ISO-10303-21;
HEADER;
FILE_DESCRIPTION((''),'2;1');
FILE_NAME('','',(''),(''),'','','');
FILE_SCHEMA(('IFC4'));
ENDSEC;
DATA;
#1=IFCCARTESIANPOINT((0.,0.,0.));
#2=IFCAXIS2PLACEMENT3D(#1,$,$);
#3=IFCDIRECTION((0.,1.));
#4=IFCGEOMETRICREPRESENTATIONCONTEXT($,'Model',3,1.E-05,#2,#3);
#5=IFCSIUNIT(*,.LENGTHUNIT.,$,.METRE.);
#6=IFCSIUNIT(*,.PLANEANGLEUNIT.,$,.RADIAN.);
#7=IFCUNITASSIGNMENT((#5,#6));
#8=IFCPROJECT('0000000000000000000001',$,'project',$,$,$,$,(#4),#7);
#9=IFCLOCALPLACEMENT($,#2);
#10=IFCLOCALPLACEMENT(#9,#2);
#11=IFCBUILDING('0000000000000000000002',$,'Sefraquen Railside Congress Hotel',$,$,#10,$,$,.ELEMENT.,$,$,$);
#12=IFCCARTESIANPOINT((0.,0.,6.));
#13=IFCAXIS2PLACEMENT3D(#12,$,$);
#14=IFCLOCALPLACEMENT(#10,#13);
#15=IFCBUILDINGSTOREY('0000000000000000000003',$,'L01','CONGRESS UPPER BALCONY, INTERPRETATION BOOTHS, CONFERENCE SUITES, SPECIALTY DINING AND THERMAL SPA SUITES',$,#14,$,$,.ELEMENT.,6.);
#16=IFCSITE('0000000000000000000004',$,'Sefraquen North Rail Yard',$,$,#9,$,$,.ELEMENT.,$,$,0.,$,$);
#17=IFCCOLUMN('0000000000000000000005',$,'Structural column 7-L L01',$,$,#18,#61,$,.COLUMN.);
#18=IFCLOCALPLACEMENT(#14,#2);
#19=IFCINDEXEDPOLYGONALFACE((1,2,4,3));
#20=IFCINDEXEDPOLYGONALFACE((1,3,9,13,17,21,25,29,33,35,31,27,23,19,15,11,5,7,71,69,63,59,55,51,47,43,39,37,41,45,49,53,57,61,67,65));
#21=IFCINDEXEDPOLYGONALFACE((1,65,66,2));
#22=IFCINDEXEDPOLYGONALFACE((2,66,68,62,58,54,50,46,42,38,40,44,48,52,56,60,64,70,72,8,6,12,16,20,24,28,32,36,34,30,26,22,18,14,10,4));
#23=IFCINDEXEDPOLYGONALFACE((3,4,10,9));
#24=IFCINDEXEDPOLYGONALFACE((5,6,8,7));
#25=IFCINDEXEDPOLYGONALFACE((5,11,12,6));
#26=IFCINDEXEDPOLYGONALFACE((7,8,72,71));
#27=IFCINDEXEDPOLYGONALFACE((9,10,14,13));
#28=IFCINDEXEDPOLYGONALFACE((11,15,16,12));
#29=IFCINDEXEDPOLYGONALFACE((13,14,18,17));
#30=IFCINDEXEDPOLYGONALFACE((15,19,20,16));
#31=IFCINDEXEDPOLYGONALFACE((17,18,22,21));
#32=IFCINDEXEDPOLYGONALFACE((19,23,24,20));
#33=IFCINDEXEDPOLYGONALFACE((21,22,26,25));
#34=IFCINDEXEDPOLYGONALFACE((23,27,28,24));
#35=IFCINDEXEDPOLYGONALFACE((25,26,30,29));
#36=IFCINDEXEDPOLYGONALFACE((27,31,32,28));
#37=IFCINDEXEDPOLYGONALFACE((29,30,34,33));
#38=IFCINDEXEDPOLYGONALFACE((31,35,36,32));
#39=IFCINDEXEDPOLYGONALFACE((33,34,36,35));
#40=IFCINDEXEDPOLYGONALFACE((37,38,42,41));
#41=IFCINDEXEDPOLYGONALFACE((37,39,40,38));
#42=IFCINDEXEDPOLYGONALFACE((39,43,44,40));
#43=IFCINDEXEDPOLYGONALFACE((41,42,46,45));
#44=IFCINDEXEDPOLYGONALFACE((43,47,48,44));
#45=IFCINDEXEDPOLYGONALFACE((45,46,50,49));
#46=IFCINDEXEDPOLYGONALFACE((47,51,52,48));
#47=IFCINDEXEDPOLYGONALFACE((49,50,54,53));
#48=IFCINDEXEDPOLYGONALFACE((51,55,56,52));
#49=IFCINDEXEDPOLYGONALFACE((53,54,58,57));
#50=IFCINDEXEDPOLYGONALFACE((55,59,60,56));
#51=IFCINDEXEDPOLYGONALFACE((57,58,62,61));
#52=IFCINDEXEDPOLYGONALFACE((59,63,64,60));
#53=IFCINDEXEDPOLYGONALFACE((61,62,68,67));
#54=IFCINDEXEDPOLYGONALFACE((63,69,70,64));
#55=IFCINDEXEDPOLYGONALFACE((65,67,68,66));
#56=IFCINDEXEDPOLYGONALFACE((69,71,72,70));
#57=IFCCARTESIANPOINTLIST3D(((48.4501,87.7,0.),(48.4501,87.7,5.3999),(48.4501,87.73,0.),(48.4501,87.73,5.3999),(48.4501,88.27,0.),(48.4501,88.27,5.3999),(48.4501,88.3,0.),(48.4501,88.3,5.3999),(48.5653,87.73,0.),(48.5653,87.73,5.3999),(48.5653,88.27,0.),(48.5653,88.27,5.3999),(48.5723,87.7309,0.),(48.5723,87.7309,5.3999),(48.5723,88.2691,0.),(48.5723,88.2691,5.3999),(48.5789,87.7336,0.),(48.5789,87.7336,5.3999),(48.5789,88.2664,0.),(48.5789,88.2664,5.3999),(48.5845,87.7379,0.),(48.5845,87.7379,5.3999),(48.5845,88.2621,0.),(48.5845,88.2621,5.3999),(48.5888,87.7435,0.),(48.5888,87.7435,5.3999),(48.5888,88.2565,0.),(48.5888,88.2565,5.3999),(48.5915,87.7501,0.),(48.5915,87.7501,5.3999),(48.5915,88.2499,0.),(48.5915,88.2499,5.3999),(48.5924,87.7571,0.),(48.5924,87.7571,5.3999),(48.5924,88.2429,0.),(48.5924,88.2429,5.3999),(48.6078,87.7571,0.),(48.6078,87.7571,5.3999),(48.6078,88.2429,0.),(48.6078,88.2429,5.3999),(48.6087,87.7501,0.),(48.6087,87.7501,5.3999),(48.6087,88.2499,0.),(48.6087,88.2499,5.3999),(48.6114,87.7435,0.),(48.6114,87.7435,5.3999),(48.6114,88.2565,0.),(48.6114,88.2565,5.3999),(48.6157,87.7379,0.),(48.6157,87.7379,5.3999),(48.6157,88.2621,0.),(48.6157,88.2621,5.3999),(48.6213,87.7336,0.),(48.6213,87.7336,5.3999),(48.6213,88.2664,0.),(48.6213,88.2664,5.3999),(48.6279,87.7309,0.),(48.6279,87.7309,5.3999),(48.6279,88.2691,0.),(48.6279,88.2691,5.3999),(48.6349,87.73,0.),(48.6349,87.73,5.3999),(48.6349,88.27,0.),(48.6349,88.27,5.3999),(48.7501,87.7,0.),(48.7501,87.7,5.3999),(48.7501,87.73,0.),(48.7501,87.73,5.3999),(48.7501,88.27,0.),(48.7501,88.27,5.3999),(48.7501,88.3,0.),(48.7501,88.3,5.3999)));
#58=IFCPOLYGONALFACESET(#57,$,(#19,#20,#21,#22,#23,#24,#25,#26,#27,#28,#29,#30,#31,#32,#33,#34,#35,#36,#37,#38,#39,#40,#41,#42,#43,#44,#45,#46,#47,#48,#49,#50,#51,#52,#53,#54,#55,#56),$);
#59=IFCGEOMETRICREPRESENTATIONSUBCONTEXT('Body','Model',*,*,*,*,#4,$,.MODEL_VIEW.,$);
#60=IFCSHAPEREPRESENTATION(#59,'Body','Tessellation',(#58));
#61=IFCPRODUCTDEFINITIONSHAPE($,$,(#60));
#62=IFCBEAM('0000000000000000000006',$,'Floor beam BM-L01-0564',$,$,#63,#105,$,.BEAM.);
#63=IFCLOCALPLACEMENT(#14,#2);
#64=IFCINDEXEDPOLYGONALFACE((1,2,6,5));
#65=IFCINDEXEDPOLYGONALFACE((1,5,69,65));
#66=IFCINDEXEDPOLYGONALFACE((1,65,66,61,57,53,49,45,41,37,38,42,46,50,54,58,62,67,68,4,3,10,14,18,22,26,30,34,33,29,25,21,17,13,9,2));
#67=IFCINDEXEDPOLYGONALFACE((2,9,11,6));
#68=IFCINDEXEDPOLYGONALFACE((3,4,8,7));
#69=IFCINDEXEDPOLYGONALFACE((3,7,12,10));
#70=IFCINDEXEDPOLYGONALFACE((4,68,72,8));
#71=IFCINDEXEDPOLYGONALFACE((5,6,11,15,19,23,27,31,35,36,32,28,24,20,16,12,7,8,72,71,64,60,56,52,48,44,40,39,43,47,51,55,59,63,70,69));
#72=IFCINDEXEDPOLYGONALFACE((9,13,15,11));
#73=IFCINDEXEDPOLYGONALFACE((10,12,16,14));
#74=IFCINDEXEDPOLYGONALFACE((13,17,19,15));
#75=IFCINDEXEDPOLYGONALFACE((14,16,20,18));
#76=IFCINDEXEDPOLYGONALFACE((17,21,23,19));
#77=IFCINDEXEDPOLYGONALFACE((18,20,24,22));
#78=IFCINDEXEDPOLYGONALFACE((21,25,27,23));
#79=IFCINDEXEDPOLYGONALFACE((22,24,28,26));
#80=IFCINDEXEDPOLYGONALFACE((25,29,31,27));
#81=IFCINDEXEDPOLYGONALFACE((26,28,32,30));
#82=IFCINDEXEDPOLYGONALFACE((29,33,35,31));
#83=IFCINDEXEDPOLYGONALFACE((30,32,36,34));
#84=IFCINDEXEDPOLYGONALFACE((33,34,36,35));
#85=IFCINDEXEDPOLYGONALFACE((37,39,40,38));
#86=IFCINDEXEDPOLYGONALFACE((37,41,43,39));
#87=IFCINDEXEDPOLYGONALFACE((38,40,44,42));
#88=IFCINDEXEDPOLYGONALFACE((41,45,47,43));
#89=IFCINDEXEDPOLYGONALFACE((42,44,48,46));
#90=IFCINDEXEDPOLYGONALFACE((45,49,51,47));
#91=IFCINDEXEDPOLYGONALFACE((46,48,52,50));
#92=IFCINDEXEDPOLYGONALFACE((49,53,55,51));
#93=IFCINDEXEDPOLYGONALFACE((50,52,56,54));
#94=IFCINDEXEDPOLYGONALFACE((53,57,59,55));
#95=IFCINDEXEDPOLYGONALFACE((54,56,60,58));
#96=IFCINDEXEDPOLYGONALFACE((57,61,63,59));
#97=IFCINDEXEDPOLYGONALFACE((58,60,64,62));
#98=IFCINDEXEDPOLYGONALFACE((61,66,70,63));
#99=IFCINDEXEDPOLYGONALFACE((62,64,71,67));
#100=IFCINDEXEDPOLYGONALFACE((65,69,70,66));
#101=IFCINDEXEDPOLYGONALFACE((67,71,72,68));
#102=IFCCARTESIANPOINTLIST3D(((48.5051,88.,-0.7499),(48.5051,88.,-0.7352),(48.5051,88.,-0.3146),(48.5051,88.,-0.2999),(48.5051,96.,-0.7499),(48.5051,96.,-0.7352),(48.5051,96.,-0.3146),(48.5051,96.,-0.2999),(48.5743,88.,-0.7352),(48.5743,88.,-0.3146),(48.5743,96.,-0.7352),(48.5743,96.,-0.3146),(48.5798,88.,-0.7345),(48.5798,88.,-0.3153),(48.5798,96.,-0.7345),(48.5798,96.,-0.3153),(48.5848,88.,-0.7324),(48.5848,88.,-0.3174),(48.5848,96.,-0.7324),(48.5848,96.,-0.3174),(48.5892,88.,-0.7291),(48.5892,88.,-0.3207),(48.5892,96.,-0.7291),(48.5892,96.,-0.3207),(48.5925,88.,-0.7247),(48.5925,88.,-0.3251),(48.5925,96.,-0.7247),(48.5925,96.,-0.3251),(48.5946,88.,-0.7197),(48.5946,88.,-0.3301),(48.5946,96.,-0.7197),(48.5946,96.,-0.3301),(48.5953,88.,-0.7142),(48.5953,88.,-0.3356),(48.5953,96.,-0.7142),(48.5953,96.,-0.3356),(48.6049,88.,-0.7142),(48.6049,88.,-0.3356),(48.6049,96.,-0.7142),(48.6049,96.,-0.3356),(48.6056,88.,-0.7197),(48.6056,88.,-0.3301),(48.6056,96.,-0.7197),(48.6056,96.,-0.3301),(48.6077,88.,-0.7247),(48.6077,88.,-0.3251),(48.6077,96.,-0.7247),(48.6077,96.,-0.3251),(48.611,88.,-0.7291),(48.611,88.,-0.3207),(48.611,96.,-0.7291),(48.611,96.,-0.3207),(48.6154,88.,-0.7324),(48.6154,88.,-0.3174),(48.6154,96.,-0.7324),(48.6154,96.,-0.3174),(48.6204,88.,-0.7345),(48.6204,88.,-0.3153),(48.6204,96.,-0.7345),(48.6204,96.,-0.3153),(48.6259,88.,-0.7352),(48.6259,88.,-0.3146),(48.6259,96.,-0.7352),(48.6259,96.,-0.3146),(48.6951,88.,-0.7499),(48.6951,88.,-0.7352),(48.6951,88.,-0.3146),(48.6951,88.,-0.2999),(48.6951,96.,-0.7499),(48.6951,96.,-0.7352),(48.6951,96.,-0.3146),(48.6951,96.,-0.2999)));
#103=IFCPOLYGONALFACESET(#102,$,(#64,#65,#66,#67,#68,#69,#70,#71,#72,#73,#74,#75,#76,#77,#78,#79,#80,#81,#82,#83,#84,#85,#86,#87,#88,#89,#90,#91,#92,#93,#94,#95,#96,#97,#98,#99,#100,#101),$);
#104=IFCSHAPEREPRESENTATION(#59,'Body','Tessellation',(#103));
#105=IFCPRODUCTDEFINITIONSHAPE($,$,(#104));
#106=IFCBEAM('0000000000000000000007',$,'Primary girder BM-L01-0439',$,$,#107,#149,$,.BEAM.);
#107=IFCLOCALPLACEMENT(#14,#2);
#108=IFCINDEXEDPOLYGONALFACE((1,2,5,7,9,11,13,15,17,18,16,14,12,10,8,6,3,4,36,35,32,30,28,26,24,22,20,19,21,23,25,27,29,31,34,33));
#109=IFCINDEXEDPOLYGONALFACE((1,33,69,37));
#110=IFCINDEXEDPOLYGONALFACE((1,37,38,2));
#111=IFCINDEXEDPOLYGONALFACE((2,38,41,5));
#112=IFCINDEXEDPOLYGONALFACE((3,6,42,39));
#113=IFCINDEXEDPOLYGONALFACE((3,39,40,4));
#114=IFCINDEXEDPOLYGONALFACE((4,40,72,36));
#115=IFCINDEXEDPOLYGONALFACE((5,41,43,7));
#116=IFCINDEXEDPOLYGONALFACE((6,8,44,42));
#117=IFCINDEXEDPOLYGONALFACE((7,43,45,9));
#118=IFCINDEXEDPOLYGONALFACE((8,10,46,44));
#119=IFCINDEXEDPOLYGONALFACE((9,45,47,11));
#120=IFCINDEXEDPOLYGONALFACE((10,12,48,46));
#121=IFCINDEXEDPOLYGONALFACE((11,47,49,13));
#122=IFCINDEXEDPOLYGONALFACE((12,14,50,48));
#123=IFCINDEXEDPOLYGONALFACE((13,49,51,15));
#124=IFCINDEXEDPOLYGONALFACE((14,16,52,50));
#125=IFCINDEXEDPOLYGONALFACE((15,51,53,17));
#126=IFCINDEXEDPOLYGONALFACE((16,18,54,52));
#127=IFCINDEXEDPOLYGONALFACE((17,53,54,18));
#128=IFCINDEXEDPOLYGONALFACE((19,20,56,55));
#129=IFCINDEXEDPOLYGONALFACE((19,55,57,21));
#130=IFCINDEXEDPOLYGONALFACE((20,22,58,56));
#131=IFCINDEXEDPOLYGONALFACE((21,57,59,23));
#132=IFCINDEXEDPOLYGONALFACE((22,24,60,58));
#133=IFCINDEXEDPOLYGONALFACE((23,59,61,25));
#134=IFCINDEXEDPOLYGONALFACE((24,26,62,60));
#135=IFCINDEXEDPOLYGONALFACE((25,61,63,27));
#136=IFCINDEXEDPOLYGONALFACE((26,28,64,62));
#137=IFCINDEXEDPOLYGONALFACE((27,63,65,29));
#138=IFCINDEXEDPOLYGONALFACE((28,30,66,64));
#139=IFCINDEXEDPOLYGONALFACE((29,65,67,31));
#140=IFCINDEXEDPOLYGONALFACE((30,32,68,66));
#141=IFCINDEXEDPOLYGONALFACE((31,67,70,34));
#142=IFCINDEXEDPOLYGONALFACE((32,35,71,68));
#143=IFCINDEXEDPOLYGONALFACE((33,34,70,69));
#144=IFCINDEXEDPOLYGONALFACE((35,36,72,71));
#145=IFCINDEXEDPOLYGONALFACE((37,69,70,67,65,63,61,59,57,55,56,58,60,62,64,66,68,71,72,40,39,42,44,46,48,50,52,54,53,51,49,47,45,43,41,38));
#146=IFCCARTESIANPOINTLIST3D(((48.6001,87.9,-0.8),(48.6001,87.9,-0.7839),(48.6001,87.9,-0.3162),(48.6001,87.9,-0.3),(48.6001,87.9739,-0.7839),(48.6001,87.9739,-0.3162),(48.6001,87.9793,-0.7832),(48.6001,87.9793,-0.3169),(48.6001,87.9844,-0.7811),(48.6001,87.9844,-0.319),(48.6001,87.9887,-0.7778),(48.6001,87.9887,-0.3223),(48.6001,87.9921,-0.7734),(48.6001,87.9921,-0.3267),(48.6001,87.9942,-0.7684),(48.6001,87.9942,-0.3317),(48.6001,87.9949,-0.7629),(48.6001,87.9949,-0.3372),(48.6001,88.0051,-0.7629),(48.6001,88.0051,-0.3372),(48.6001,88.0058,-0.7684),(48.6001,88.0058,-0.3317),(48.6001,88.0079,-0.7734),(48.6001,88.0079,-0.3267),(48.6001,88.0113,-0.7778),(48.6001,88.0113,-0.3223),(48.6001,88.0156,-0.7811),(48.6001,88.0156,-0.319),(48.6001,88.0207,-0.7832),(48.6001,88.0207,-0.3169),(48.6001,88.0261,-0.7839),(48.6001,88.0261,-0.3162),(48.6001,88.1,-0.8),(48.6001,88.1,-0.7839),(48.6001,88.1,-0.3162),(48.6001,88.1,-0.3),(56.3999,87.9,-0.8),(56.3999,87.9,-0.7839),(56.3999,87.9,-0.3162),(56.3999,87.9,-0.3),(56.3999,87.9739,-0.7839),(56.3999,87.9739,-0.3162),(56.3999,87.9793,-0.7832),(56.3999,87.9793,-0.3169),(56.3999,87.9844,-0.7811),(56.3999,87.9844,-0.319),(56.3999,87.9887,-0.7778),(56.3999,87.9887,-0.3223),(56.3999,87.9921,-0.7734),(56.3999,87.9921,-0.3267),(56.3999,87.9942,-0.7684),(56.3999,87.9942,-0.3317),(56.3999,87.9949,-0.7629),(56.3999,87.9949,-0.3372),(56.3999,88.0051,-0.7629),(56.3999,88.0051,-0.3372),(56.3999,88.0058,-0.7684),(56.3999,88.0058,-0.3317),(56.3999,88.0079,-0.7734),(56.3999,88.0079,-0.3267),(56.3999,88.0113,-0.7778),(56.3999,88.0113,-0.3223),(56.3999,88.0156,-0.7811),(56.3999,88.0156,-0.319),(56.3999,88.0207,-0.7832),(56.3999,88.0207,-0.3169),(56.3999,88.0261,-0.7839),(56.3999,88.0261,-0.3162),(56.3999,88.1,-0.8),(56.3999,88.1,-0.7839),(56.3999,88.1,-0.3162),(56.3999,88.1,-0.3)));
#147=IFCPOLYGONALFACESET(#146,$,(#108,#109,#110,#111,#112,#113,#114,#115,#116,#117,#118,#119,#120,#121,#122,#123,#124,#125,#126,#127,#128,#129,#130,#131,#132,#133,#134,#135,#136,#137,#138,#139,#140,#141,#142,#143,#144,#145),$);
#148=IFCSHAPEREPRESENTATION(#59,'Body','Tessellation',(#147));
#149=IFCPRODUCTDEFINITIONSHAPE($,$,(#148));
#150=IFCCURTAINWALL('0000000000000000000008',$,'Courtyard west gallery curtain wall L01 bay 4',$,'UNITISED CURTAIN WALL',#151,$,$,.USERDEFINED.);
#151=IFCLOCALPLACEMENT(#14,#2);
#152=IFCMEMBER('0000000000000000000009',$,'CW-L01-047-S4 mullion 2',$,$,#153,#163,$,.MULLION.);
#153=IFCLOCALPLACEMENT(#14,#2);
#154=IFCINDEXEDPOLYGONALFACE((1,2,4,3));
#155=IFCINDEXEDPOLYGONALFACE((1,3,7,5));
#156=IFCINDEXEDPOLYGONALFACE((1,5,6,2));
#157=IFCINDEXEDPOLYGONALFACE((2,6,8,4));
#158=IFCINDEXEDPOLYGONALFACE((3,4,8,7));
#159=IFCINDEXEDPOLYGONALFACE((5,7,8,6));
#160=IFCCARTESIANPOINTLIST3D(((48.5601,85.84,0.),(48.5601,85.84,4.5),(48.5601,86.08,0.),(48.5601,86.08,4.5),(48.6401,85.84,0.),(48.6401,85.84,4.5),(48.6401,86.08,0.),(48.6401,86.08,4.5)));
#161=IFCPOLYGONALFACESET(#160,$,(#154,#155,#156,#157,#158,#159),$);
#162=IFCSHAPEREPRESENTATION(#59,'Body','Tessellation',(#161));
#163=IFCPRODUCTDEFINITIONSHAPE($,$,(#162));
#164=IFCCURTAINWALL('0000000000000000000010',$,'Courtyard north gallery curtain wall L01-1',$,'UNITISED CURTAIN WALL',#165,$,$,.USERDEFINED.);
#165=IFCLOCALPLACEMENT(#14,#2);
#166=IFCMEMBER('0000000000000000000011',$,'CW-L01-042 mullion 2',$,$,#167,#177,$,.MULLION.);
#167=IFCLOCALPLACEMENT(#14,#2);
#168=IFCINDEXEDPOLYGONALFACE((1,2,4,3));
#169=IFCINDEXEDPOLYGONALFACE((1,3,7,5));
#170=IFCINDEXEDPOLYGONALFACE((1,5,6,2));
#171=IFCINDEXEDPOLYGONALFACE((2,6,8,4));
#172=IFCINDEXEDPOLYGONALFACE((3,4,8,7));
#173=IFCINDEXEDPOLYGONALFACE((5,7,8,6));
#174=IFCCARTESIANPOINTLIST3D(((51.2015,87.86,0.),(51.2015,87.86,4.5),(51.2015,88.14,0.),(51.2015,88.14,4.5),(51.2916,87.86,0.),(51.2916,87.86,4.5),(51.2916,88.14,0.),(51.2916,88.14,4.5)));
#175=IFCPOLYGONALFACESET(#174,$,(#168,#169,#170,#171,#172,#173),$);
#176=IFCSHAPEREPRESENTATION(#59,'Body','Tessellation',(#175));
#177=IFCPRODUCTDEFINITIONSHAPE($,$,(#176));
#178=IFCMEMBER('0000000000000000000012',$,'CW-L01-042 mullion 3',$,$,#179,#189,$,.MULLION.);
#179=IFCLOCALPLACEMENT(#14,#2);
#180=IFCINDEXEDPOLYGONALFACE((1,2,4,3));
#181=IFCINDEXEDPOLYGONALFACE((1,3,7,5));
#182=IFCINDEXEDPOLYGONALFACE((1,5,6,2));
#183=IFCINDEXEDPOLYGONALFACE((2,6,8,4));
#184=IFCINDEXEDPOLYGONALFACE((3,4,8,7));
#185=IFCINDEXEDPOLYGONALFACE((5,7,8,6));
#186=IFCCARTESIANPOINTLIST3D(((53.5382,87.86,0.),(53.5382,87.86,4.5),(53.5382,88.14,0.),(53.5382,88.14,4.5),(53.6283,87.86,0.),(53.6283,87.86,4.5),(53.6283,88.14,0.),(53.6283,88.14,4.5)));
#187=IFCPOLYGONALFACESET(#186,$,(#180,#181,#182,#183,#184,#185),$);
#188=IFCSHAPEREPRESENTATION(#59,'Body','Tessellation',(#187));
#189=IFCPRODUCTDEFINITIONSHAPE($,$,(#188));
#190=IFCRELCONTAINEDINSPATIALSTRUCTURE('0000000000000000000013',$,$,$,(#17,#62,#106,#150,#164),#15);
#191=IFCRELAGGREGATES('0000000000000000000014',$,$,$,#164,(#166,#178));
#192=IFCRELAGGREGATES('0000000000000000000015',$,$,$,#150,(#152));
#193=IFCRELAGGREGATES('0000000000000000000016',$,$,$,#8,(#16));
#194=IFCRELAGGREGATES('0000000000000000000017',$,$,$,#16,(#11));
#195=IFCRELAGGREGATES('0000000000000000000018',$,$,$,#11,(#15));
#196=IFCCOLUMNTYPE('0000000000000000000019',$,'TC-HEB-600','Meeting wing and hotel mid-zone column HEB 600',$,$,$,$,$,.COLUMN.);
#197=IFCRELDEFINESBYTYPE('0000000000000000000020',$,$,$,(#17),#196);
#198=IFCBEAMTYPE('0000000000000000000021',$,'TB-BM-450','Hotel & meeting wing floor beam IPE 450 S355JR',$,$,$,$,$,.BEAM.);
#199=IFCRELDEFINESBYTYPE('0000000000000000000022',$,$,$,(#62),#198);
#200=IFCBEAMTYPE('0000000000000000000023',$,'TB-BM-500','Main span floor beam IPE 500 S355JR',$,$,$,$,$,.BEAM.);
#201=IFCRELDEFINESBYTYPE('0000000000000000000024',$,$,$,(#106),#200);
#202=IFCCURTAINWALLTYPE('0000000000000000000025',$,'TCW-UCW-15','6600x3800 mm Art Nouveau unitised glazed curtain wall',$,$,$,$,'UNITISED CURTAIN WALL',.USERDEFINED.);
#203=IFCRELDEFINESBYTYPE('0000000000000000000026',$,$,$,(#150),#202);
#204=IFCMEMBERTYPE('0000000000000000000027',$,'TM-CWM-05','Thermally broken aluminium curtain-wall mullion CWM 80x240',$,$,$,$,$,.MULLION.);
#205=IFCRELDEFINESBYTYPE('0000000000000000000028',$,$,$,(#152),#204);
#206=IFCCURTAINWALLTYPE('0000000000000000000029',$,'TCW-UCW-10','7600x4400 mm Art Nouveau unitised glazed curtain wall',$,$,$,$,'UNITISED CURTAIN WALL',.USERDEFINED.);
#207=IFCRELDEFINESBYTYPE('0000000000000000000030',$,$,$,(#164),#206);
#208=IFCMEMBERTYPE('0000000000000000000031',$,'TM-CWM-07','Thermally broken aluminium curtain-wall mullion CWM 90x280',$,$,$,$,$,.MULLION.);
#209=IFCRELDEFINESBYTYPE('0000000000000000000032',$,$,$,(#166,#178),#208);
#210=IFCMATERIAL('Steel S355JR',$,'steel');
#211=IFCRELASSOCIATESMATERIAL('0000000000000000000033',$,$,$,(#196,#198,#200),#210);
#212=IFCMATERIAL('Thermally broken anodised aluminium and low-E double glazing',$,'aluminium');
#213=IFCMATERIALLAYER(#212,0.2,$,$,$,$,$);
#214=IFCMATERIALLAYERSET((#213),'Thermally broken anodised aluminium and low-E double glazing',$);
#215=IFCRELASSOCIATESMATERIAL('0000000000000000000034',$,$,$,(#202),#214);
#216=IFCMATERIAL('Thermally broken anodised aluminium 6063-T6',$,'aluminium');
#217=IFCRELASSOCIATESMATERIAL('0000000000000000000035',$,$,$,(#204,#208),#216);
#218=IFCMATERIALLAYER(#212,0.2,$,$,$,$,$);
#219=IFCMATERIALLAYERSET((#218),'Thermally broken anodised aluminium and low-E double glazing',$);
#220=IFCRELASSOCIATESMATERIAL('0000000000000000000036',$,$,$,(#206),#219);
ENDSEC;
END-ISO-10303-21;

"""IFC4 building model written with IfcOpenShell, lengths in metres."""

from ifc_helpers import new_model, si_unit, direction, frame, origin, origin_2d, place, context, subcontext, project, spatial, rectangle, i_section, extrude, material, layer, layer_set, material_profile, profile_set, type_object, element, aggregate, save


model = new_model("IFC4")

# Units and contexts
model_context = context("Model", 3, precision=1e-05, world=origin(), true_north=direction((0.0, 1.0)))
body_context = subcontext(model_context, "Body", "Model", "MODEL_VIEW")
ifc_project = project(units=[si_unit("LENGTHUNIT", "METRE"), si_unit("PLANEANGLEUNIT", "RADIAN")], contexts=[model_context])

# Site, building, storey
site_placement = place(None, origin())
site = spatial("IfcSite", under=ifc_project, at=site_placement, Name="Sefraquen North Rail Yard", CompositionType="ELEMENT", RefElevation=0.0)
building_placement = place(site_placement, origin())
building = spatial("IfcBuilding", under=site, at=building_placement, Name="Sefraquen Railside Congress Hotel", CompositionType="ELEMENT")
storey_placement = place(building_placement, frame((0.0, 0.0, 6.0)))
storey = spatial("IfcBuildingStorey", under=building, at=storey_placement, Name="L01", Description="CONGRESS UPPER BALCONY, INTERPRETATION BOOTHS, CONFERENCE SUITES, SPECIALTY DINING AND THERMAL SPA SUITES", CompositionType="ELEMENT", Elevation=6.0)

# Column
ifc_material_1 = material(Name="Steel S355JR", Category="steel")
ifc_material_profile_1 = material_profile(ifc_material_1, i_section(OverallWidth=0.3, OverallDepth=0.6001, WebThickness=0.0154, FlangeThickness=0.03, FilletRadius=0.0271, at=origin_2d()), Name="HEB 600")
ifc_profile_set_1 = profile_set([ifc_material_profile_1], Name="Steel S355JR")
column_type = type_object("IfcColumnType", Name="TC-HEB-600", Description="Meeting wing and hotel mid-zone column HEB 600", PredefinedType="COLUMN", material=ifc_profile_set_1)
column_placement = place(storey_placement, frame((48.6001, 88.0, 0.0), z_axis=(0.0, 0.0, 1.0), x_axis=(1.0, 0.0, 0.0)))
element("IfcColumn", 1, at=column_placement, inside=storey, type_object=column_type, Name="Structural column 7-L L01", PredefinedType="COLUMN", context=body_context, shape_type="SweptSolid", body=[
    extrude(i_section(OverallWidth=0.3, OverallDepth=0.6001, WebThickness=0.0154, FlangeThickness=0.03, FilletRadius=0.0271, at=origin_2d()), origin(), (0.0, 0.0, 1.0), 5.3999),
])

# Beams
ifc_material_profile_2 = material_profile(ifc_material_1, i_section(OverallWidth=0.1899, OverallDepth=0.45, WebThickness=0.0095, FlangeThickness=0.0146, FilletRadius=0.021, at=origin_2d()), Name="IPE 450")
ifc_profile_set_2 = profile_set([ifc_material_profile_2], Name="Steel S355JR")
beam_type_1 = type_object("IfcBeamType", Name="TB-BM-450", Description="Hotel & meeting wing floor beam IPE 450 S355JR", PredefinedType="BEAM", material=ifc_profile_set_2)
beam_1_placement = place(storey_placement, frame((48.6001, 88.0, -0.5249), z_axis=(0.0, 1.0, 0.0), x_axis=(-1.0, 0.0, 0.0)))
element("IfcBeam", 2, at=beam_1_placement, inside=storey, type_object=beam_type_1, Name="Floor beam BM-L01-0564", PredefinedType="BEAM", context=body_context, shape_type="SweptSolid", body=[
    extrude(i_section(OverallWidth=0.1899, OverallDepth=0.45, WebThickness=0.0095, FlangeThickness=0.0146, FilletRadius=0.021, at=origin_2d()), origin(), (0.0, 0.0, 1.0), 8.0),
])
ifc_material_profile_3 = material_profile(ifc_material_1, i_section(OverallWidth=0.2, OverallDepth=0.5, WebThickness=0.0103, FlangeThickness=0.0161, FilletRadius=0.021, at=origin_2d()), Name="IPE 500")
ifc_profile_set_3 = profile_set([ifc_material_profile_3], Name="Steel S355JR")
beam_type_2 = type_object("IfcBeamType", Name="TB-BM-500", Description="Main span floor beam IPE 500 S355JR", PredefinedType="BEAM", material=ifc_profile_set_3)
beam_2_placement = place(storey_placement, frame((48.6001, 88.0, -0.55), z_axis=(1.0, 0.0, 0.0), x_axis=(0.0, 1.0, 0.0)))
element("IfcBeam", 3, at=beam_2_placement, inside=storey, type_object=beam_type_2, Name="Primary girder BM-L01-0439", PredefinedType="BEAM", context=body_context, shape_type="SweptSolid", body=[
    extrude(i_section(OverallWidth=0.2, OverallDepth=0.5, WebThickness=0.0103, FlangeThickness=0.0161, FilletRadius=0.021, at=origin_2d()), origin(), (0.0, 0.0, 1.0), 7.7998),
])

# Curtain wall, member
ifc_material_2 = material(Name="Thermally broken anodised aluminium and low-E double glazing", Category="aluminium")
ifc_layer_1 = layer(ifc_material_2, 0.2)
ifc_layer_set_1 = layer_set([ifc_layer_1], Name="Thermally broken anodised aluminium and low-E double glazing")
curtain_wall_type_1 = type_object("IfcCurtainWallType", Name="TCW-UCW-15", Description="6600x3800 mm Art Nouveau unitised glazed curtain wall", ElementType="UNITISED CURTAIN WALL", PredefinedType="USERDEFINED", material=ifc_layer_set_1)
curtain_wall_1_placement = place(storey_placement, origin())
curtain_wall_1 = element("IfcCurtainWall", 4, at=curtain_wall_1_placement, inside=storey, type_object=curtain_wall_type_1, Name="Courtyard west gallery curtain wall L01 bay 4", ObjectType="UNITISED CURTAIN WALL", PredefinedType="USERDEFINED")
ifc_material_3 = material(Name="Thermally broken anodised aluminium 6063-T6", Category="aluminium")
ifc_material_profile_4 = material_profile(ifc_material_3, rectangle(XDim=0.0801, YDim=0.24, at=origin_2d()), Name="CWM 80x240")
ifc_profile_set_4 = profile_set([ifc_material_profile_4], Name="Thermally broken anodised aluminium 6063-T6")
member_type_1 = type_object("IfcMemberType", Name="TM-CWM-05", Description="Thermally broken aluminium curtain-wall mullion CWM 80x240", PredefinedType="MULLION", material=ifc_profile_set_4)
member_1_placement = place(storey_placement, frame((48.6001, 85.96, 0.0), z_axis=(0.0, 0.0, 1.0), x_axis=(1.0, 0.0, 0.0)))
member_1 = element("IfcMember", 5, at=member_1_placement, type_object=member_type_1, Name="CW-L01-047-S4 mullion 2", PredefinedType="MULLION", context=body_context, shape_type="SweptSolid", body=[
    extrude(rectangle(XDim=0.0801, YDim=0.24, at=origin_2d()), origin(), (0.0, 0.0, 1.0), 4.5),
])

# Curtain wall, members
ifc_layer_2 = layer(ifc_material_2, 0.2)
ifc_layer_set_2 = layer_set([ifc_layer_2], Name="Thermally broken anodised aluminium and low-E double glazing")
curtain_wall_type_2 = type_object("IfcCurtainWallType", Name="TCW-UCW-10", Description="7600x4400 mm Art Nouveau unitised glazed curtain wall", ElementType="UNITISED CURTAIN WALL", PredefinedType="USERDEFINED", material=ifc_layer_set_2)
curtain_wall_2_placement = place(storey_placement, origin())
curtain_wall_2 = element("IfcCurtainWall", 6, at=curtain_wall_2_placement, inside=storey, type_object=curtain_wall_type_2, Name="Courtyard north gallery curtain wall L01-1", ObjectType="UNITISED CURTAIN WALL", PredefinedType="USERDEFINED")
ifc_material_profile_5 = material_profile(ifc_material_3, rectangle(XDim=0.0901, YDim=0.28, at=origin_2d()), Name="CWM 90x280")
ifc_profile_set_5 = profile_set([ifc_material_profile_5], Name="Thermally broken anodised aluminium 6063-T6")
member_type_2 = type_object("IfcMemberType", Name="TM-CWM-07", Description="Thermally broken aluminium curtain-wall mullion CWM 90x280", PredefinedType="MULLION", material=ifc_profile_set_5)
member_2_placement = place(storey_placement, frame((51.2466, 88.0, 0.0), z_axis=(0.0, 0.0, 1.0), x_axis=(1.0, 0.0, 0.0)))
member_2 = element("IfcMember", 7, at=member_2_placement, type_object=member_type_2, Name="CW-L01-042 mullion 2", PredefinedType="MULLION", context=body_context, shape_type="SweptSolid", body=[
    extrude(rectangle(XDim=0.0901, YDim=0.28, at=origin_2d()), origin(), (0.0, 0.0, 1.0), 4.5),
])
member_3_placement = place(storey_placement, frame((53.5833, 88.0, 0.0), z_axis=(0.0, 0.0, 1.0), x_axis=(1.0, 0.0, 0.0)))
member_3 = element("IfcMember", 8, at=member_3_placement, type_object=member_type_2, Name="CW-L01-042 mullion 3", PredefinedType="MULLION", context=body_context, shape_type="SweptSolid", body=[
    extrude(rectangle(XDim=0.0901, YDim=0.28, at=origin_2d()), origin(), (0.0, 0.0, 1.0), 4.5),
])

aggregate(curtain_wall_2, [member_2, member_3])
aggregate(curtain_wall_1, [member_1])

save(model, "model.ifc")
